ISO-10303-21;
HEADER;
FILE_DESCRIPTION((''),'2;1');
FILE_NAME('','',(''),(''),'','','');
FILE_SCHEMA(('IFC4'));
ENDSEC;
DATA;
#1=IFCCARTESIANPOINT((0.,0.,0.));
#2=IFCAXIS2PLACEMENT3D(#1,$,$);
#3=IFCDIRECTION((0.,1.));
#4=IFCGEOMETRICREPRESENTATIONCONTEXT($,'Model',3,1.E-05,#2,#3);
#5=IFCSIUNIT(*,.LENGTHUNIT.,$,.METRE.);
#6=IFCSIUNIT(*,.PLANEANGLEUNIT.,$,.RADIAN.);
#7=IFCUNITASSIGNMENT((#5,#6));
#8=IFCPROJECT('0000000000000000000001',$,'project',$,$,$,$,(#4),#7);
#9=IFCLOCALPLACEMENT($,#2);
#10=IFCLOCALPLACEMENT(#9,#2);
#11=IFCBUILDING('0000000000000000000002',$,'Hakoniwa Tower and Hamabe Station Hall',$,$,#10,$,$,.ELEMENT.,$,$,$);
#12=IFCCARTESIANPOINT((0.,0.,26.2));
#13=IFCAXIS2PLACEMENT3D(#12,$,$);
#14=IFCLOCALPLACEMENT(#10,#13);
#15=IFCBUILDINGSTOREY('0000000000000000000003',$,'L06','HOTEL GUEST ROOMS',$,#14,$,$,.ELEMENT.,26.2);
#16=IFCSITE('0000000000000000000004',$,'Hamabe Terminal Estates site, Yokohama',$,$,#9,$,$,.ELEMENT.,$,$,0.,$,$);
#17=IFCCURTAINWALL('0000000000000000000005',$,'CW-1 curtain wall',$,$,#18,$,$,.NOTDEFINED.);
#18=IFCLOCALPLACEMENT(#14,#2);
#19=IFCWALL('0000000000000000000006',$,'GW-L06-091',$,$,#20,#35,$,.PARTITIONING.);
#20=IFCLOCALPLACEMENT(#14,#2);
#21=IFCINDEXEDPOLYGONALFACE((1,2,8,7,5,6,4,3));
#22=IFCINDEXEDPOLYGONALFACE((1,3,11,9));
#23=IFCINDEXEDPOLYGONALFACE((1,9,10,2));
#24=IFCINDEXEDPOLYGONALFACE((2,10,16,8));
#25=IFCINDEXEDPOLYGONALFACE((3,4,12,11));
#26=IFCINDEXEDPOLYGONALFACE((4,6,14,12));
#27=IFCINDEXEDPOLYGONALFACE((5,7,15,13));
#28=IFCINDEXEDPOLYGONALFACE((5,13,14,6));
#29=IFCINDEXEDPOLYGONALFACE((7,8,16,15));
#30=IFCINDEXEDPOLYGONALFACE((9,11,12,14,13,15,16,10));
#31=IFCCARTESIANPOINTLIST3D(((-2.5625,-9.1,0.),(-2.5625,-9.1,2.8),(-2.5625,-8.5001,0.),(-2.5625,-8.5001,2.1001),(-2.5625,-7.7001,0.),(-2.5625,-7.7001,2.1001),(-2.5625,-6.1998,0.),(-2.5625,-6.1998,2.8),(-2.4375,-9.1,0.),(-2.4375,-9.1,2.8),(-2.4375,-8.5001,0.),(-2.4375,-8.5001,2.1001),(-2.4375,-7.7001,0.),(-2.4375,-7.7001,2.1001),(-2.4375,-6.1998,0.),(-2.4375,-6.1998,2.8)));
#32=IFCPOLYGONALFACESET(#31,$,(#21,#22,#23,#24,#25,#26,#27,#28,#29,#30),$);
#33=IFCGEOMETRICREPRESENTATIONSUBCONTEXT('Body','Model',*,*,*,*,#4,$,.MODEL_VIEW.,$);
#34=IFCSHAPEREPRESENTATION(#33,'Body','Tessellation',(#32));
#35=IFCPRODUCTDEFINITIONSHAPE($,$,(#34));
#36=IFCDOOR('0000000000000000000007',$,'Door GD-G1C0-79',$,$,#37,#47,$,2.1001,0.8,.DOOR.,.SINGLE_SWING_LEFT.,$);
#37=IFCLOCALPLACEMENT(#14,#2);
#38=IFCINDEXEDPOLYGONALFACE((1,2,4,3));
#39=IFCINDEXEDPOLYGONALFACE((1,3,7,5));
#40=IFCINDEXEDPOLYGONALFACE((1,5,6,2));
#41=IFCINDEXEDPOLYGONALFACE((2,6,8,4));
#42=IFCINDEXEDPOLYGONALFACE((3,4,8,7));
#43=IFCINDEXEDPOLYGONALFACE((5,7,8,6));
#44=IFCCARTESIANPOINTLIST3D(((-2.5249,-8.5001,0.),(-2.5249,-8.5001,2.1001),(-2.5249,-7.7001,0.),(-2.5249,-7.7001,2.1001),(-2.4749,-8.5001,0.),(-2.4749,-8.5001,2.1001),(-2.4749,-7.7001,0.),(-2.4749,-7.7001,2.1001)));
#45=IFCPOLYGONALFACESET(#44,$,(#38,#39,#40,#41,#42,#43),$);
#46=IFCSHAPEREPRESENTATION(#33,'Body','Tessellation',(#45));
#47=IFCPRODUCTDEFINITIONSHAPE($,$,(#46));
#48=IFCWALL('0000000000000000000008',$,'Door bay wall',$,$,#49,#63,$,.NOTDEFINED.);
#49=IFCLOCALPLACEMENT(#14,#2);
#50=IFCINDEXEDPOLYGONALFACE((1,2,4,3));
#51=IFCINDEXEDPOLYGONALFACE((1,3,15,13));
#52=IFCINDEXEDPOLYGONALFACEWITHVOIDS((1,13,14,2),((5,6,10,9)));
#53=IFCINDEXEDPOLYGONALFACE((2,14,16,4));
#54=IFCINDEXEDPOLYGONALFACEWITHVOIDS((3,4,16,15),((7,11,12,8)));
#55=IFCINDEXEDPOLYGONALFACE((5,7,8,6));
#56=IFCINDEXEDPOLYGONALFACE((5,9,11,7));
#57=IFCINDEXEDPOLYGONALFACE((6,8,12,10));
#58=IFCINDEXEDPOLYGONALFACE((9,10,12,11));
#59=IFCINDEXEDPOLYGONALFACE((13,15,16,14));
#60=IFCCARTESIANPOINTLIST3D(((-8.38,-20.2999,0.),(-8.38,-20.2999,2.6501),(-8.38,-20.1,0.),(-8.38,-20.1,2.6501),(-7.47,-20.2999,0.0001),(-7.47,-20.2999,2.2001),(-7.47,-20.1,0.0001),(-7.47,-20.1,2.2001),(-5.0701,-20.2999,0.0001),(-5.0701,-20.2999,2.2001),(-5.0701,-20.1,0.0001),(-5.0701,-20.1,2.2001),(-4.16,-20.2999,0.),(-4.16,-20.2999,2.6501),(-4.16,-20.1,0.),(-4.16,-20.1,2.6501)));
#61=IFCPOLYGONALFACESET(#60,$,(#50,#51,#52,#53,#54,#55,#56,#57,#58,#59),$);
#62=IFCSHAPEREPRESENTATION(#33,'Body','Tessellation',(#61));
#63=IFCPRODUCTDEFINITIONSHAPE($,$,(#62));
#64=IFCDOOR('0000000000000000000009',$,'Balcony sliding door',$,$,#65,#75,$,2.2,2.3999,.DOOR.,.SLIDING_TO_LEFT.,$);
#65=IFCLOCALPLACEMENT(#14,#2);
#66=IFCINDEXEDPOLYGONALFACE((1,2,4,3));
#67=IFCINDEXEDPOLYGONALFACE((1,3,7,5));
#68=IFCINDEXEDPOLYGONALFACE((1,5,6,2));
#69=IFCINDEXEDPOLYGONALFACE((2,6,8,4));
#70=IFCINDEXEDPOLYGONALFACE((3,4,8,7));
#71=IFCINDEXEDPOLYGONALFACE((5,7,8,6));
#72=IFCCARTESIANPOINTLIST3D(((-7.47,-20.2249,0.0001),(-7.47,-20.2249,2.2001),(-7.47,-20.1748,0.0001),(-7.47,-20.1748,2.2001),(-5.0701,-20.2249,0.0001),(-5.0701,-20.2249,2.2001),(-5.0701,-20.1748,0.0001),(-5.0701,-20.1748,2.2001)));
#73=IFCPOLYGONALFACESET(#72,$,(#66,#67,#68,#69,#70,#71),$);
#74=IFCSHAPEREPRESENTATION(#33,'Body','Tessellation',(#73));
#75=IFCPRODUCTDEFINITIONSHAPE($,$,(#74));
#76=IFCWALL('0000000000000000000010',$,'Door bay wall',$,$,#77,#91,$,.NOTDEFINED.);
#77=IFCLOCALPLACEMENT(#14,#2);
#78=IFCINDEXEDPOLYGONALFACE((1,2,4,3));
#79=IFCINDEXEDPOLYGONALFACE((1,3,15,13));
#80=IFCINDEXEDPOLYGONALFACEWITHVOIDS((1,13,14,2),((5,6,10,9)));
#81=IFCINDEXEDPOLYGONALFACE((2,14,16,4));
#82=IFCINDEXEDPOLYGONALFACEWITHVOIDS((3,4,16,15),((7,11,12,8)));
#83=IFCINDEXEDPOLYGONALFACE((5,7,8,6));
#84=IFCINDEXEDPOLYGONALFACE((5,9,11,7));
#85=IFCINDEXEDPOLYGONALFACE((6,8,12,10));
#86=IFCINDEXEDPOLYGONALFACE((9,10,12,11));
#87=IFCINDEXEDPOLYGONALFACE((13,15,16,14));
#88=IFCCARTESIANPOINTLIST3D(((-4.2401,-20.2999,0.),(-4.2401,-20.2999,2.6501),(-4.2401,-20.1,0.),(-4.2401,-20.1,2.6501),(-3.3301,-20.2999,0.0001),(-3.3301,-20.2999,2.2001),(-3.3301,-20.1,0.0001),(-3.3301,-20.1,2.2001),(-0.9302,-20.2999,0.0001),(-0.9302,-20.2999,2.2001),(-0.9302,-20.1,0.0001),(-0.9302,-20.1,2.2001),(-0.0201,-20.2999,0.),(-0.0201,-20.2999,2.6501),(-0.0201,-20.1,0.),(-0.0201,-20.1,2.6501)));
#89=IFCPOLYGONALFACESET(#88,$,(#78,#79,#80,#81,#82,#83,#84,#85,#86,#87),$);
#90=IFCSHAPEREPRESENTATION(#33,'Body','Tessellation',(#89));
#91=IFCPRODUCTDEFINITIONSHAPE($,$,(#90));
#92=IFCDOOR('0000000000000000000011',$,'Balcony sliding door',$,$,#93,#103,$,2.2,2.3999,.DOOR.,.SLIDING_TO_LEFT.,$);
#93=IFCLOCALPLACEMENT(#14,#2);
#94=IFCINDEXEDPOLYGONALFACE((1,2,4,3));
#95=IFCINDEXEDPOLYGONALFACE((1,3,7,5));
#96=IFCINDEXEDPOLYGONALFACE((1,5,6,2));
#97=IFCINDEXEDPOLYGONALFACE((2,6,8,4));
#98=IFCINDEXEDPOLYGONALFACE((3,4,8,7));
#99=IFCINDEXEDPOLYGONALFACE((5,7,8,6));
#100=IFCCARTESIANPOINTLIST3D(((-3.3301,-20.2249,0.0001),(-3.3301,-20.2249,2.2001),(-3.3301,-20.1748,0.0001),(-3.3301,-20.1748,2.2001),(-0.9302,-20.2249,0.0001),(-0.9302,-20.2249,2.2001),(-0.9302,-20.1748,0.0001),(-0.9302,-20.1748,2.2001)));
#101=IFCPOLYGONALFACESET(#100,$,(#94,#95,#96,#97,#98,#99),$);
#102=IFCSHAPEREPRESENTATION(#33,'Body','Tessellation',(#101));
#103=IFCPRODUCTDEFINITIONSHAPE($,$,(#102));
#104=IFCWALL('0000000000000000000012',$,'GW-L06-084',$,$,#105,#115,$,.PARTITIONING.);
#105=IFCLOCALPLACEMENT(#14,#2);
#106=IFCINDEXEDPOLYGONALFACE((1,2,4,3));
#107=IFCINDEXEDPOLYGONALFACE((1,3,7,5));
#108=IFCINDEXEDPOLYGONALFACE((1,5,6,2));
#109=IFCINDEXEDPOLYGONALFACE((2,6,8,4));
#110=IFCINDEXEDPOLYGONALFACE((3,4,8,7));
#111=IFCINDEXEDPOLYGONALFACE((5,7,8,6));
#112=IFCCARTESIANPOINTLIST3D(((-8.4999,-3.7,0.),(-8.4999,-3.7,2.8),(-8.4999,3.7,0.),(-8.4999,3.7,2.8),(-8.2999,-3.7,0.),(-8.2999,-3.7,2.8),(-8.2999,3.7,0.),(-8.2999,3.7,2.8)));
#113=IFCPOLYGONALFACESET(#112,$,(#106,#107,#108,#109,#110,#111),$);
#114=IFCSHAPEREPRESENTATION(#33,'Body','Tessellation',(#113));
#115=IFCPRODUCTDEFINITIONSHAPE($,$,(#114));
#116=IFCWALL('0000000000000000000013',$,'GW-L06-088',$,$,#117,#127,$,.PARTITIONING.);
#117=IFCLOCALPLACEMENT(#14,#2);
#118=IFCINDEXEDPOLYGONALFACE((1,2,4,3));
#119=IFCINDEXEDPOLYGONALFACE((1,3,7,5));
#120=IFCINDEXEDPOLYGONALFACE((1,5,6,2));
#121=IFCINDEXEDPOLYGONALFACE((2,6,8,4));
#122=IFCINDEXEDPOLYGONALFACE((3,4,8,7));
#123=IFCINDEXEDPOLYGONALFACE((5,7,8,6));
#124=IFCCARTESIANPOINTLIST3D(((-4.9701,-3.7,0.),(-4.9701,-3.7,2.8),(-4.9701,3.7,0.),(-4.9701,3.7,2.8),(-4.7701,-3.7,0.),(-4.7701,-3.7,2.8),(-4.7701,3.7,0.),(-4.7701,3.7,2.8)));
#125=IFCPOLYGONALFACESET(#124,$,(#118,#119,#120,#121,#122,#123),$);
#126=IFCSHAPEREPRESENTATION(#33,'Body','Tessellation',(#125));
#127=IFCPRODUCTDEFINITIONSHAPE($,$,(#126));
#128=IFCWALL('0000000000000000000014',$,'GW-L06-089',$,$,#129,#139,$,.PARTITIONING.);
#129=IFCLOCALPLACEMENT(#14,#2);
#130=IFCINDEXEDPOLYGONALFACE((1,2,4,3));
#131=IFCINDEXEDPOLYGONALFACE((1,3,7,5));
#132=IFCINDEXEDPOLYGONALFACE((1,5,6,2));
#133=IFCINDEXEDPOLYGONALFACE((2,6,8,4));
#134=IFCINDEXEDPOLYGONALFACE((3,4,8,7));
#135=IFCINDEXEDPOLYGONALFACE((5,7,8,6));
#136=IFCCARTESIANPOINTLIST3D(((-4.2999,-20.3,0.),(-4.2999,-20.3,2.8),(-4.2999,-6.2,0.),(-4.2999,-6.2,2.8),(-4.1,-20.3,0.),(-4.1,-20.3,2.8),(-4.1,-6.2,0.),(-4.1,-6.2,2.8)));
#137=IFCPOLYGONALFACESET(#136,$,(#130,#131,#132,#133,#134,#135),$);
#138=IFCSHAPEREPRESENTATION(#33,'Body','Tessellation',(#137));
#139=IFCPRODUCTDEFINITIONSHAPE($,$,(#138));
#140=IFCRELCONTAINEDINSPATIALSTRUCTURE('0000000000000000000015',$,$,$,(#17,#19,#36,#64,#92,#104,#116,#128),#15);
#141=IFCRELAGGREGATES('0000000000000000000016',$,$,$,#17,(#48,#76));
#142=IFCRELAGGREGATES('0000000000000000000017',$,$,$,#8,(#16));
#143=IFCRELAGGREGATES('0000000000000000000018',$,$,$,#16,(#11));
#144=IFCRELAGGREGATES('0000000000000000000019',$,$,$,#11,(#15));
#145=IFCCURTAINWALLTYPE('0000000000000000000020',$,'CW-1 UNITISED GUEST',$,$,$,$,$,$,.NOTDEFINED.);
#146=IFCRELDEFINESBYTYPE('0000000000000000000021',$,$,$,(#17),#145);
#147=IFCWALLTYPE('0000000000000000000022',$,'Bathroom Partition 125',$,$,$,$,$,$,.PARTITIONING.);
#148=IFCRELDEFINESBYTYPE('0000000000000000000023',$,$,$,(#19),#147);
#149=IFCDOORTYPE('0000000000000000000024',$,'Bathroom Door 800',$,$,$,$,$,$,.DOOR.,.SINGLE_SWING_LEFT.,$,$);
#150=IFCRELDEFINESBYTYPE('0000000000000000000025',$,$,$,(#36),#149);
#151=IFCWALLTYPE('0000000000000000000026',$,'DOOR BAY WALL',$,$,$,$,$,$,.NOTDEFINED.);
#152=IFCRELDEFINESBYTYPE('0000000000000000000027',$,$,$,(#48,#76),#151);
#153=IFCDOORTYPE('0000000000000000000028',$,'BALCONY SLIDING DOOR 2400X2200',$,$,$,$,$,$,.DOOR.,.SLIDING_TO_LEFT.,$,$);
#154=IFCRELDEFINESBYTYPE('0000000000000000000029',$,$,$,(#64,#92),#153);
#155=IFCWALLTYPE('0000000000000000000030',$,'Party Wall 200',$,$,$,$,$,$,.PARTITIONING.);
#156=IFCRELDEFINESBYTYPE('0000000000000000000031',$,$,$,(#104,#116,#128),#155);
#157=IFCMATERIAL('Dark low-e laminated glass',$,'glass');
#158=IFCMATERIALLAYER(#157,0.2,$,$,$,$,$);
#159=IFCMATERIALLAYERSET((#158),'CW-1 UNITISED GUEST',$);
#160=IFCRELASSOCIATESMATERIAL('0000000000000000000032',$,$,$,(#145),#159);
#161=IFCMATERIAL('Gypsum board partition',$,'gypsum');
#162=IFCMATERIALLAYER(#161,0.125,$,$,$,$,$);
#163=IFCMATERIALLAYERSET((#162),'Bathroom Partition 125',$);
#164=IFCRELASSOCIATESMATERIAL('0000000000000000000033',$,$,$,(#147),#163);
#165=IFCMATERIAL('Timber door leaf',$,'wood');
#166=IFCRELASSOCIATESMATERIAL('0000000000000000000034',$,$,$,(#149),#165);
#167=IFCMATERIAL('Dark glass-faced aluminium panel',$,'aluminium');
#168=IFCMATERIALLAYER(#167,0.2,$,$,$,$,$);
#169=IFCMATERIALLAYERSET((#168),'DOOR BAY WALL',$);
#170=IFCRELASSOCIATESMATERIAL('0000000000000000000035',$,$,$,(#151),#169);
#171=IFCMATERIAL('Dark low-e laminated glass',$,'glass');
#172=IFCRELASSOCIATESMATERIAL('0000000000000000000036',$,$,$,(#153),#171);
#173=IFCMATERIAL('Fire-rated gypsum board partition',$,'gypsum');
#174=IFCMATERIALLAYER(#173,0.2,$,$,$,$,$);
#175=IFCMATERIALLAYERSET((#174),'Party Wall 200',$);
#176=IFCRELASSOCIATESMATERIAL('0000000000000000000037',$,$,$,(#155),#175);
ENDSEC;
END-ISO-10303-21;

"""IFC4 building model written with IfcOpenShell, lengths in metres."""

from ifc_helpers import new_model, si_unit, direction, frame, frame_2d, origin, place, context, subcontext, project, spatial, rectangle, extrude, material, layer, layer_set, type_object, element, fill, aggregate, save


model = new_model("IFC4")

# Units and contexts
model_context = context("Model", 3, precision=1e-05, world=origin(), true_north=direction((0.0, 1.0)))
body_context = subcontext(model_context, "Body", "Model", "MODEL_VIEW")
ifc_project = project(units=[si_unit("LENGTHUNIT", "METRE"), si_unit("PLANEANGLEUNIT", "RADIAN")], contexts=[model_context])

# Site, building, storey
site_placement = place(None, origin())
site = spatial("IfcSite", under=ifc_project, at=site_placement, Name="Hamabe Terminal Estates site, Yokohama", CompositionType="ELEMENT", RefElevation=0.0)
building_placement = place(site_placement, origin())
building = spatial("IfcBuilding", under=site, at=building_placement, Name="Hakoniwa Tower and Hamabe Station Hall", CompositionType="ELEMENT")
storey_placement = place(building_placement, frame((0.0, 0.0, 26.2)))
storey = spatial("IfcBuildingStorey", under=building, at=storey_placement, Name="L06", Description="HOTEL GUEST ROOMS", CompositionType="ELEMENT", Elevation=26.2)

# Shared definitions
ifc_material_1 = material(Name="Dark low-e laminated glass", Category="glass")
ifc_layer_1 = layer(ifc_material_1, 0.2)
ifc_layer_set_1 = layer_set([ifc_layer_1], Name="CW-1 UNITISED GUEST")
curtain_wall_type = type_object("IfcCurtainWallType", Name="CW-1 UNITISED GUEST", PredefinedType="NOTDEFINED", material=ifc_layer_set_1)

# Curtain wall
curtain_wall_1_placement = place(storey_placement, origin())
curtain_wall_1 = element("IfcCurtainWall", 1, at=curtain_wall_1_placement, inside=storey, type_object=curtain_wall_type, Name="CW-1 curtain wall", PredefinedType="NOTDEFINED")

# Shared definitions
ifc_material_2 = material(Name="Gypsum board partition", Category="gypsum")
ifc_layer_2 = layer(ifc_material_2, 0.125)
ifc_layer_set_2 = layer_set([ifc_layer_2], Name="Bathroom Partition 125")
wall_type_1 = type_object("IfcWallType", Name="Bathroom Partition 125", PredefinedType="PARTITIONING", material=ifc_layer_set_2)

# Walls, openings, doors
ifc_material_3 = material(Name="Timber door leaf", Category="wood")
door_type_1 = type_object("IfcDoorType", Name="Bathroom Door 800", OperationType="SINGLE_SWING_LEFT", PredefinedType="DOOR", material=ifc_material_3)
wall_1_placement = place(storey_placement, frame((-2.5, -9.1001, 0.0), z_axis=(0.0, 0.0, 1.0), x_axis=(0.0, 1.0, 0.0)))
wall_1 = element("IfcWall", 2, at=wall_1_placement, inside=storey, type_object=wall_type_1, Name="GW-L06-091", PredefinedType="PARTITIONING", context=body_context, shape_type="SweptSolid", body=[
    extrude(rectangle(XDim=2.9001, YDim=0.125, at=frame_2d((1.4502, 0.0))), origin(), (0.0, 0.0, 1.0), 2.8),
])
opening_1_placement = place(wall_1_placement, frame((0.6001, 0.0, 0.0)))
opening_1 = element("IfcOpeningElement", 3, at=opening_1_placement, cuts=wall_1, PredefinedType="OPENING", context=body_context, shape_type="SweptSolid", body=[
    extrude(rectangle(XDim=0.8, YDim=2.1001, at=frame_2d((0.3999, 1.05))), frame((0.0, 0.0725, 0.0), z_axis=(0.0, -1.0, 0.0), x_axis=(1.0, 0.0, 0.0)), (0.0, 0.0, 1.0), 0.145),
])
door_1_placement = place(opening_1_placement, origin())
door_1 = element("IfcDoor", 4, at=door_1_placement, inside=storey, type_object=door_type_1, Name="Door GD-G1C0-79", OperationType="SINGLE_SWING_LEFT", OverallHeight=2.1001, OverallWidth=0.8, PredefinedType="DOOR", context=body_context, shape_type="SweptSolid", body=[
    extrude(rectangle(XDim=0.8, YDim=2.1001, at=frame_2d((0.3999, 1.05))), frame((0.0, 0.0249, 0.0), z_axis=(0.0, -1.0, 0.0), x_axis=(1.0, 0.0, 0.0)), (0.0, 0.0, 1.0), 0.05),
])
fill(opening_1, door_1)
ifc_material_4 = material(Name="Dark glass-faced aluminium panel", Category="aluminium")
ifc_layer_3 = layer(ifc_material_4, 0.2)
ifc_layer_set_3 = layer_set([ifc_layer_3], Name="DOOR BAY WALL")
wall_type_2 = type_object("IfcWallType", Name="DOOR BAY WALL", PredefinedType="NOTDEFINED", material=ifc_layer_set_3)
wall_2_placement = place(storey_placement, frame((-8.3799, -20.2, 0.0), z_axis=(0.0, 0.0, 1.0), x_axis=(1.0, 0.0, 0.0)))
wall_2 = element("IfcWall", 5, at=wall_2_placement, type_object=wall_type_2, Name="Door bay wall", PredefinedType="NOTDEFINED", context=body_context, shape_type="SweptSolid", body=[
    extrude(rectangle(XDim=4.22, YDim=0.2, at=frame_2d((2.1099, 0.0))), origin(), (0.0, 0.0, 1.0), 2.6501),
])
opening_2_placement = place(wall_2_placement, frame((0.9099, 0.0, 0.0)))
opening_2 = element("IfcOpeningElement", 6, at=opening_2_placement, cuts=wall_2, PredefinedType="OPENING", context=body_context, shape_type="SweptSolid", body=[
    extrude(rectangle(XDim=2.3999, YDim=2.2, at=frame_2d((1.2, 1.1001))), frame((0.0, 0.1099, 0.0), z_axis=(0.0, -1.0, 0.0), x_axis=(1.0, 0.0, 0.0)), (0.0, 0.0, 1.0), 0.22),
])
ifc_material_5 = material(Name="Dark low-e laminated glass", Category="glass")
door_type_2 = type_object("IfcDoorType", Name="BALCONY SLIDING DOOR 2400X2200", OperationType="SLIDING_TO_LEFT", PredefinedType="DOOR", material=ifc_material_5)
door_2_placement = place(opening_2_placement, frame((2.3999, 0.0, 0.0), z_axis=(0.0, 0.0, 1.0), x_axis=(-1.0, 0.0, 0.0)))
door_2 = element("IfcDoor", 7, at=door_2_placement, inside=storey, type_object=door_type_2, Name="Balcony sliding door", OperationType="SLIDING_TO_LEFT", OverallHeight=2.2, OverallWidth=2.3999, PredefinedType="DOOR", context=body_context, shape_type="SweptSolid", body=[
    extrude(rectangle(XDim=2.3999, YDim=2.2, at=frame_2d((1.2, 1.1001))), frame((0.0, 0.0249, 0.0), z_axis=(0.0, -1.0, 0.0), x_axis=(1.0, 0.0, 0.0)), (0.0, 0.0, 1.0), 0.05),
])
fill(opening_2, door_2)
wall_3_placement = place(storey_placement, frame((-4.24, -20.2, 0.0), z_axis=(0.0, 0.0, 1.0), x_axis=(1.0, 0.0, 0.0)))
wall_3 = element("IfcWall", 8, at=wall_3_placement, type_object=wall_type_2, Name="Door bay wall", PredefinedType="NOTDEFINED", context=body_context, shape_type="SweptSolid", body=[
    extrude(rectangle(XDim=4.22, YDim=0.2, at=frame_2d((2.1099, 0.0))), origin(), (0.0, 0.0, 1.0), 2.6501),
])
opening_3_placement = place(wall_3_placement, frame((0.9099, 0.0, 0.0)))
opening_3 = element("IfcOpeningElement", 9, at=opening_3_placement, cuts=wall_3, PredefinedType="OPENING", context=body_context, shape_type="SweptSolid", body=[
    extrude(rectangle(XDim=2.3999, YDim=2.2, at=frame_2d((1.2, 1.1001))), frame((0.0, 0.1099, 0.0), z_axis=(0.0, -1.0, 0.0), x_axis=(1.0, 0.0, 0.0)), (0.0, 0.0, 1.0), 0.22),
])
door_3_placement = place(opening_3_placement, frame((2.3999, 0.0, 0.0), z_axis=(0.0, 0.0, 1.0), x_axis=(-1.0, 0.0, 0.0)))
door_3 = element("IfcDoor", 10, at=door_3_placement, inside=storey, type_object=door_type_2, Name="Balcony sliding door", OperationType="SLIDING_TO_LEFT", OverallHeight=2.2, OverallWidth=2.3999, PredefinedType="DOOR", context=body_context, shape_type="SweptSolid", body=[
    extrude(rectangle(XDim=2.3999, YDim=2.2, at=frame_2d((1.2, 1.1001))), frame((0.0, 0.0249, 0.0), z_axis=(0.0, -1.0, 0.0), x_axis=(1.0, 0.0, 0.0)), (0.0, 0.0, 1.0), 0.05),
])
fill(opening_3, door_3)
aggregate(curtain_wall_1, [wall_2, wall_3])

# Walls
ifc_material_6 = material(Name="Fire-rated gypsum board partition", Category="gypsum")
ifc_layer_4 = layer(ifc_material_6, 0.2)
ifc_layer_set_4 = layer_set([ifc_layer_4], Name="Party Wall 200")
wall_type_3 = type_object("IfcWallType", Name="Party Wall 200", PredefinedType="PARTITIONING", material=ifc_layer_set_4)
for number, where, z_axis, x_axis, name in (
    (11, (-8.3999, -3.7, 0.0), (0.0, 0.0, 1.0), (0.0, 1.0, 0.0), "GW-L06-084"),
    (12, (-4.8701, -3.7, 0.0), (0.0, 0.0, 1.0), (0.0, 1.0, 0.0), "GW-L06-088"),
):
    element("IfcWall", number, at=place(storey_placement, frame(where, z_axis=z_axis, x_axis=x_axis)), inside=storey, type_object=wall_type_3, Name=name, PredefinedType="PARTITIONING", context=body_context, shape_type="SweptSolid", body=[
        extrude(rectangle(XDim=7.3999, YDim=0.2, at=frame_2d((3.7, 0.0))), origin(), (0.0, 0.0, 1.0), 2.8),
    ])
wall_4_placement = place(storey_placement, frame((-4.2, -20.3, 0.0), z_axis=(0.0, 0.0, 1.0), x_axis=(0.0, 1.0, 0.0)))
element("IfcWall", 13, at=wall_4_placement, inside=storey, type_object=wall_type_3, Name="GW-L06-089", PredefinedType="PARTITIONING", context=body_context, shape_type="SweptSolid", body=[
    extrude(rectangle(XDim=14.1001, YDim=0.2, at=frame_2d((7.05, 0.0))), origin(), (0.0, 0.0, 1.0), 2.8),
])

save(model, "model.ifc")
